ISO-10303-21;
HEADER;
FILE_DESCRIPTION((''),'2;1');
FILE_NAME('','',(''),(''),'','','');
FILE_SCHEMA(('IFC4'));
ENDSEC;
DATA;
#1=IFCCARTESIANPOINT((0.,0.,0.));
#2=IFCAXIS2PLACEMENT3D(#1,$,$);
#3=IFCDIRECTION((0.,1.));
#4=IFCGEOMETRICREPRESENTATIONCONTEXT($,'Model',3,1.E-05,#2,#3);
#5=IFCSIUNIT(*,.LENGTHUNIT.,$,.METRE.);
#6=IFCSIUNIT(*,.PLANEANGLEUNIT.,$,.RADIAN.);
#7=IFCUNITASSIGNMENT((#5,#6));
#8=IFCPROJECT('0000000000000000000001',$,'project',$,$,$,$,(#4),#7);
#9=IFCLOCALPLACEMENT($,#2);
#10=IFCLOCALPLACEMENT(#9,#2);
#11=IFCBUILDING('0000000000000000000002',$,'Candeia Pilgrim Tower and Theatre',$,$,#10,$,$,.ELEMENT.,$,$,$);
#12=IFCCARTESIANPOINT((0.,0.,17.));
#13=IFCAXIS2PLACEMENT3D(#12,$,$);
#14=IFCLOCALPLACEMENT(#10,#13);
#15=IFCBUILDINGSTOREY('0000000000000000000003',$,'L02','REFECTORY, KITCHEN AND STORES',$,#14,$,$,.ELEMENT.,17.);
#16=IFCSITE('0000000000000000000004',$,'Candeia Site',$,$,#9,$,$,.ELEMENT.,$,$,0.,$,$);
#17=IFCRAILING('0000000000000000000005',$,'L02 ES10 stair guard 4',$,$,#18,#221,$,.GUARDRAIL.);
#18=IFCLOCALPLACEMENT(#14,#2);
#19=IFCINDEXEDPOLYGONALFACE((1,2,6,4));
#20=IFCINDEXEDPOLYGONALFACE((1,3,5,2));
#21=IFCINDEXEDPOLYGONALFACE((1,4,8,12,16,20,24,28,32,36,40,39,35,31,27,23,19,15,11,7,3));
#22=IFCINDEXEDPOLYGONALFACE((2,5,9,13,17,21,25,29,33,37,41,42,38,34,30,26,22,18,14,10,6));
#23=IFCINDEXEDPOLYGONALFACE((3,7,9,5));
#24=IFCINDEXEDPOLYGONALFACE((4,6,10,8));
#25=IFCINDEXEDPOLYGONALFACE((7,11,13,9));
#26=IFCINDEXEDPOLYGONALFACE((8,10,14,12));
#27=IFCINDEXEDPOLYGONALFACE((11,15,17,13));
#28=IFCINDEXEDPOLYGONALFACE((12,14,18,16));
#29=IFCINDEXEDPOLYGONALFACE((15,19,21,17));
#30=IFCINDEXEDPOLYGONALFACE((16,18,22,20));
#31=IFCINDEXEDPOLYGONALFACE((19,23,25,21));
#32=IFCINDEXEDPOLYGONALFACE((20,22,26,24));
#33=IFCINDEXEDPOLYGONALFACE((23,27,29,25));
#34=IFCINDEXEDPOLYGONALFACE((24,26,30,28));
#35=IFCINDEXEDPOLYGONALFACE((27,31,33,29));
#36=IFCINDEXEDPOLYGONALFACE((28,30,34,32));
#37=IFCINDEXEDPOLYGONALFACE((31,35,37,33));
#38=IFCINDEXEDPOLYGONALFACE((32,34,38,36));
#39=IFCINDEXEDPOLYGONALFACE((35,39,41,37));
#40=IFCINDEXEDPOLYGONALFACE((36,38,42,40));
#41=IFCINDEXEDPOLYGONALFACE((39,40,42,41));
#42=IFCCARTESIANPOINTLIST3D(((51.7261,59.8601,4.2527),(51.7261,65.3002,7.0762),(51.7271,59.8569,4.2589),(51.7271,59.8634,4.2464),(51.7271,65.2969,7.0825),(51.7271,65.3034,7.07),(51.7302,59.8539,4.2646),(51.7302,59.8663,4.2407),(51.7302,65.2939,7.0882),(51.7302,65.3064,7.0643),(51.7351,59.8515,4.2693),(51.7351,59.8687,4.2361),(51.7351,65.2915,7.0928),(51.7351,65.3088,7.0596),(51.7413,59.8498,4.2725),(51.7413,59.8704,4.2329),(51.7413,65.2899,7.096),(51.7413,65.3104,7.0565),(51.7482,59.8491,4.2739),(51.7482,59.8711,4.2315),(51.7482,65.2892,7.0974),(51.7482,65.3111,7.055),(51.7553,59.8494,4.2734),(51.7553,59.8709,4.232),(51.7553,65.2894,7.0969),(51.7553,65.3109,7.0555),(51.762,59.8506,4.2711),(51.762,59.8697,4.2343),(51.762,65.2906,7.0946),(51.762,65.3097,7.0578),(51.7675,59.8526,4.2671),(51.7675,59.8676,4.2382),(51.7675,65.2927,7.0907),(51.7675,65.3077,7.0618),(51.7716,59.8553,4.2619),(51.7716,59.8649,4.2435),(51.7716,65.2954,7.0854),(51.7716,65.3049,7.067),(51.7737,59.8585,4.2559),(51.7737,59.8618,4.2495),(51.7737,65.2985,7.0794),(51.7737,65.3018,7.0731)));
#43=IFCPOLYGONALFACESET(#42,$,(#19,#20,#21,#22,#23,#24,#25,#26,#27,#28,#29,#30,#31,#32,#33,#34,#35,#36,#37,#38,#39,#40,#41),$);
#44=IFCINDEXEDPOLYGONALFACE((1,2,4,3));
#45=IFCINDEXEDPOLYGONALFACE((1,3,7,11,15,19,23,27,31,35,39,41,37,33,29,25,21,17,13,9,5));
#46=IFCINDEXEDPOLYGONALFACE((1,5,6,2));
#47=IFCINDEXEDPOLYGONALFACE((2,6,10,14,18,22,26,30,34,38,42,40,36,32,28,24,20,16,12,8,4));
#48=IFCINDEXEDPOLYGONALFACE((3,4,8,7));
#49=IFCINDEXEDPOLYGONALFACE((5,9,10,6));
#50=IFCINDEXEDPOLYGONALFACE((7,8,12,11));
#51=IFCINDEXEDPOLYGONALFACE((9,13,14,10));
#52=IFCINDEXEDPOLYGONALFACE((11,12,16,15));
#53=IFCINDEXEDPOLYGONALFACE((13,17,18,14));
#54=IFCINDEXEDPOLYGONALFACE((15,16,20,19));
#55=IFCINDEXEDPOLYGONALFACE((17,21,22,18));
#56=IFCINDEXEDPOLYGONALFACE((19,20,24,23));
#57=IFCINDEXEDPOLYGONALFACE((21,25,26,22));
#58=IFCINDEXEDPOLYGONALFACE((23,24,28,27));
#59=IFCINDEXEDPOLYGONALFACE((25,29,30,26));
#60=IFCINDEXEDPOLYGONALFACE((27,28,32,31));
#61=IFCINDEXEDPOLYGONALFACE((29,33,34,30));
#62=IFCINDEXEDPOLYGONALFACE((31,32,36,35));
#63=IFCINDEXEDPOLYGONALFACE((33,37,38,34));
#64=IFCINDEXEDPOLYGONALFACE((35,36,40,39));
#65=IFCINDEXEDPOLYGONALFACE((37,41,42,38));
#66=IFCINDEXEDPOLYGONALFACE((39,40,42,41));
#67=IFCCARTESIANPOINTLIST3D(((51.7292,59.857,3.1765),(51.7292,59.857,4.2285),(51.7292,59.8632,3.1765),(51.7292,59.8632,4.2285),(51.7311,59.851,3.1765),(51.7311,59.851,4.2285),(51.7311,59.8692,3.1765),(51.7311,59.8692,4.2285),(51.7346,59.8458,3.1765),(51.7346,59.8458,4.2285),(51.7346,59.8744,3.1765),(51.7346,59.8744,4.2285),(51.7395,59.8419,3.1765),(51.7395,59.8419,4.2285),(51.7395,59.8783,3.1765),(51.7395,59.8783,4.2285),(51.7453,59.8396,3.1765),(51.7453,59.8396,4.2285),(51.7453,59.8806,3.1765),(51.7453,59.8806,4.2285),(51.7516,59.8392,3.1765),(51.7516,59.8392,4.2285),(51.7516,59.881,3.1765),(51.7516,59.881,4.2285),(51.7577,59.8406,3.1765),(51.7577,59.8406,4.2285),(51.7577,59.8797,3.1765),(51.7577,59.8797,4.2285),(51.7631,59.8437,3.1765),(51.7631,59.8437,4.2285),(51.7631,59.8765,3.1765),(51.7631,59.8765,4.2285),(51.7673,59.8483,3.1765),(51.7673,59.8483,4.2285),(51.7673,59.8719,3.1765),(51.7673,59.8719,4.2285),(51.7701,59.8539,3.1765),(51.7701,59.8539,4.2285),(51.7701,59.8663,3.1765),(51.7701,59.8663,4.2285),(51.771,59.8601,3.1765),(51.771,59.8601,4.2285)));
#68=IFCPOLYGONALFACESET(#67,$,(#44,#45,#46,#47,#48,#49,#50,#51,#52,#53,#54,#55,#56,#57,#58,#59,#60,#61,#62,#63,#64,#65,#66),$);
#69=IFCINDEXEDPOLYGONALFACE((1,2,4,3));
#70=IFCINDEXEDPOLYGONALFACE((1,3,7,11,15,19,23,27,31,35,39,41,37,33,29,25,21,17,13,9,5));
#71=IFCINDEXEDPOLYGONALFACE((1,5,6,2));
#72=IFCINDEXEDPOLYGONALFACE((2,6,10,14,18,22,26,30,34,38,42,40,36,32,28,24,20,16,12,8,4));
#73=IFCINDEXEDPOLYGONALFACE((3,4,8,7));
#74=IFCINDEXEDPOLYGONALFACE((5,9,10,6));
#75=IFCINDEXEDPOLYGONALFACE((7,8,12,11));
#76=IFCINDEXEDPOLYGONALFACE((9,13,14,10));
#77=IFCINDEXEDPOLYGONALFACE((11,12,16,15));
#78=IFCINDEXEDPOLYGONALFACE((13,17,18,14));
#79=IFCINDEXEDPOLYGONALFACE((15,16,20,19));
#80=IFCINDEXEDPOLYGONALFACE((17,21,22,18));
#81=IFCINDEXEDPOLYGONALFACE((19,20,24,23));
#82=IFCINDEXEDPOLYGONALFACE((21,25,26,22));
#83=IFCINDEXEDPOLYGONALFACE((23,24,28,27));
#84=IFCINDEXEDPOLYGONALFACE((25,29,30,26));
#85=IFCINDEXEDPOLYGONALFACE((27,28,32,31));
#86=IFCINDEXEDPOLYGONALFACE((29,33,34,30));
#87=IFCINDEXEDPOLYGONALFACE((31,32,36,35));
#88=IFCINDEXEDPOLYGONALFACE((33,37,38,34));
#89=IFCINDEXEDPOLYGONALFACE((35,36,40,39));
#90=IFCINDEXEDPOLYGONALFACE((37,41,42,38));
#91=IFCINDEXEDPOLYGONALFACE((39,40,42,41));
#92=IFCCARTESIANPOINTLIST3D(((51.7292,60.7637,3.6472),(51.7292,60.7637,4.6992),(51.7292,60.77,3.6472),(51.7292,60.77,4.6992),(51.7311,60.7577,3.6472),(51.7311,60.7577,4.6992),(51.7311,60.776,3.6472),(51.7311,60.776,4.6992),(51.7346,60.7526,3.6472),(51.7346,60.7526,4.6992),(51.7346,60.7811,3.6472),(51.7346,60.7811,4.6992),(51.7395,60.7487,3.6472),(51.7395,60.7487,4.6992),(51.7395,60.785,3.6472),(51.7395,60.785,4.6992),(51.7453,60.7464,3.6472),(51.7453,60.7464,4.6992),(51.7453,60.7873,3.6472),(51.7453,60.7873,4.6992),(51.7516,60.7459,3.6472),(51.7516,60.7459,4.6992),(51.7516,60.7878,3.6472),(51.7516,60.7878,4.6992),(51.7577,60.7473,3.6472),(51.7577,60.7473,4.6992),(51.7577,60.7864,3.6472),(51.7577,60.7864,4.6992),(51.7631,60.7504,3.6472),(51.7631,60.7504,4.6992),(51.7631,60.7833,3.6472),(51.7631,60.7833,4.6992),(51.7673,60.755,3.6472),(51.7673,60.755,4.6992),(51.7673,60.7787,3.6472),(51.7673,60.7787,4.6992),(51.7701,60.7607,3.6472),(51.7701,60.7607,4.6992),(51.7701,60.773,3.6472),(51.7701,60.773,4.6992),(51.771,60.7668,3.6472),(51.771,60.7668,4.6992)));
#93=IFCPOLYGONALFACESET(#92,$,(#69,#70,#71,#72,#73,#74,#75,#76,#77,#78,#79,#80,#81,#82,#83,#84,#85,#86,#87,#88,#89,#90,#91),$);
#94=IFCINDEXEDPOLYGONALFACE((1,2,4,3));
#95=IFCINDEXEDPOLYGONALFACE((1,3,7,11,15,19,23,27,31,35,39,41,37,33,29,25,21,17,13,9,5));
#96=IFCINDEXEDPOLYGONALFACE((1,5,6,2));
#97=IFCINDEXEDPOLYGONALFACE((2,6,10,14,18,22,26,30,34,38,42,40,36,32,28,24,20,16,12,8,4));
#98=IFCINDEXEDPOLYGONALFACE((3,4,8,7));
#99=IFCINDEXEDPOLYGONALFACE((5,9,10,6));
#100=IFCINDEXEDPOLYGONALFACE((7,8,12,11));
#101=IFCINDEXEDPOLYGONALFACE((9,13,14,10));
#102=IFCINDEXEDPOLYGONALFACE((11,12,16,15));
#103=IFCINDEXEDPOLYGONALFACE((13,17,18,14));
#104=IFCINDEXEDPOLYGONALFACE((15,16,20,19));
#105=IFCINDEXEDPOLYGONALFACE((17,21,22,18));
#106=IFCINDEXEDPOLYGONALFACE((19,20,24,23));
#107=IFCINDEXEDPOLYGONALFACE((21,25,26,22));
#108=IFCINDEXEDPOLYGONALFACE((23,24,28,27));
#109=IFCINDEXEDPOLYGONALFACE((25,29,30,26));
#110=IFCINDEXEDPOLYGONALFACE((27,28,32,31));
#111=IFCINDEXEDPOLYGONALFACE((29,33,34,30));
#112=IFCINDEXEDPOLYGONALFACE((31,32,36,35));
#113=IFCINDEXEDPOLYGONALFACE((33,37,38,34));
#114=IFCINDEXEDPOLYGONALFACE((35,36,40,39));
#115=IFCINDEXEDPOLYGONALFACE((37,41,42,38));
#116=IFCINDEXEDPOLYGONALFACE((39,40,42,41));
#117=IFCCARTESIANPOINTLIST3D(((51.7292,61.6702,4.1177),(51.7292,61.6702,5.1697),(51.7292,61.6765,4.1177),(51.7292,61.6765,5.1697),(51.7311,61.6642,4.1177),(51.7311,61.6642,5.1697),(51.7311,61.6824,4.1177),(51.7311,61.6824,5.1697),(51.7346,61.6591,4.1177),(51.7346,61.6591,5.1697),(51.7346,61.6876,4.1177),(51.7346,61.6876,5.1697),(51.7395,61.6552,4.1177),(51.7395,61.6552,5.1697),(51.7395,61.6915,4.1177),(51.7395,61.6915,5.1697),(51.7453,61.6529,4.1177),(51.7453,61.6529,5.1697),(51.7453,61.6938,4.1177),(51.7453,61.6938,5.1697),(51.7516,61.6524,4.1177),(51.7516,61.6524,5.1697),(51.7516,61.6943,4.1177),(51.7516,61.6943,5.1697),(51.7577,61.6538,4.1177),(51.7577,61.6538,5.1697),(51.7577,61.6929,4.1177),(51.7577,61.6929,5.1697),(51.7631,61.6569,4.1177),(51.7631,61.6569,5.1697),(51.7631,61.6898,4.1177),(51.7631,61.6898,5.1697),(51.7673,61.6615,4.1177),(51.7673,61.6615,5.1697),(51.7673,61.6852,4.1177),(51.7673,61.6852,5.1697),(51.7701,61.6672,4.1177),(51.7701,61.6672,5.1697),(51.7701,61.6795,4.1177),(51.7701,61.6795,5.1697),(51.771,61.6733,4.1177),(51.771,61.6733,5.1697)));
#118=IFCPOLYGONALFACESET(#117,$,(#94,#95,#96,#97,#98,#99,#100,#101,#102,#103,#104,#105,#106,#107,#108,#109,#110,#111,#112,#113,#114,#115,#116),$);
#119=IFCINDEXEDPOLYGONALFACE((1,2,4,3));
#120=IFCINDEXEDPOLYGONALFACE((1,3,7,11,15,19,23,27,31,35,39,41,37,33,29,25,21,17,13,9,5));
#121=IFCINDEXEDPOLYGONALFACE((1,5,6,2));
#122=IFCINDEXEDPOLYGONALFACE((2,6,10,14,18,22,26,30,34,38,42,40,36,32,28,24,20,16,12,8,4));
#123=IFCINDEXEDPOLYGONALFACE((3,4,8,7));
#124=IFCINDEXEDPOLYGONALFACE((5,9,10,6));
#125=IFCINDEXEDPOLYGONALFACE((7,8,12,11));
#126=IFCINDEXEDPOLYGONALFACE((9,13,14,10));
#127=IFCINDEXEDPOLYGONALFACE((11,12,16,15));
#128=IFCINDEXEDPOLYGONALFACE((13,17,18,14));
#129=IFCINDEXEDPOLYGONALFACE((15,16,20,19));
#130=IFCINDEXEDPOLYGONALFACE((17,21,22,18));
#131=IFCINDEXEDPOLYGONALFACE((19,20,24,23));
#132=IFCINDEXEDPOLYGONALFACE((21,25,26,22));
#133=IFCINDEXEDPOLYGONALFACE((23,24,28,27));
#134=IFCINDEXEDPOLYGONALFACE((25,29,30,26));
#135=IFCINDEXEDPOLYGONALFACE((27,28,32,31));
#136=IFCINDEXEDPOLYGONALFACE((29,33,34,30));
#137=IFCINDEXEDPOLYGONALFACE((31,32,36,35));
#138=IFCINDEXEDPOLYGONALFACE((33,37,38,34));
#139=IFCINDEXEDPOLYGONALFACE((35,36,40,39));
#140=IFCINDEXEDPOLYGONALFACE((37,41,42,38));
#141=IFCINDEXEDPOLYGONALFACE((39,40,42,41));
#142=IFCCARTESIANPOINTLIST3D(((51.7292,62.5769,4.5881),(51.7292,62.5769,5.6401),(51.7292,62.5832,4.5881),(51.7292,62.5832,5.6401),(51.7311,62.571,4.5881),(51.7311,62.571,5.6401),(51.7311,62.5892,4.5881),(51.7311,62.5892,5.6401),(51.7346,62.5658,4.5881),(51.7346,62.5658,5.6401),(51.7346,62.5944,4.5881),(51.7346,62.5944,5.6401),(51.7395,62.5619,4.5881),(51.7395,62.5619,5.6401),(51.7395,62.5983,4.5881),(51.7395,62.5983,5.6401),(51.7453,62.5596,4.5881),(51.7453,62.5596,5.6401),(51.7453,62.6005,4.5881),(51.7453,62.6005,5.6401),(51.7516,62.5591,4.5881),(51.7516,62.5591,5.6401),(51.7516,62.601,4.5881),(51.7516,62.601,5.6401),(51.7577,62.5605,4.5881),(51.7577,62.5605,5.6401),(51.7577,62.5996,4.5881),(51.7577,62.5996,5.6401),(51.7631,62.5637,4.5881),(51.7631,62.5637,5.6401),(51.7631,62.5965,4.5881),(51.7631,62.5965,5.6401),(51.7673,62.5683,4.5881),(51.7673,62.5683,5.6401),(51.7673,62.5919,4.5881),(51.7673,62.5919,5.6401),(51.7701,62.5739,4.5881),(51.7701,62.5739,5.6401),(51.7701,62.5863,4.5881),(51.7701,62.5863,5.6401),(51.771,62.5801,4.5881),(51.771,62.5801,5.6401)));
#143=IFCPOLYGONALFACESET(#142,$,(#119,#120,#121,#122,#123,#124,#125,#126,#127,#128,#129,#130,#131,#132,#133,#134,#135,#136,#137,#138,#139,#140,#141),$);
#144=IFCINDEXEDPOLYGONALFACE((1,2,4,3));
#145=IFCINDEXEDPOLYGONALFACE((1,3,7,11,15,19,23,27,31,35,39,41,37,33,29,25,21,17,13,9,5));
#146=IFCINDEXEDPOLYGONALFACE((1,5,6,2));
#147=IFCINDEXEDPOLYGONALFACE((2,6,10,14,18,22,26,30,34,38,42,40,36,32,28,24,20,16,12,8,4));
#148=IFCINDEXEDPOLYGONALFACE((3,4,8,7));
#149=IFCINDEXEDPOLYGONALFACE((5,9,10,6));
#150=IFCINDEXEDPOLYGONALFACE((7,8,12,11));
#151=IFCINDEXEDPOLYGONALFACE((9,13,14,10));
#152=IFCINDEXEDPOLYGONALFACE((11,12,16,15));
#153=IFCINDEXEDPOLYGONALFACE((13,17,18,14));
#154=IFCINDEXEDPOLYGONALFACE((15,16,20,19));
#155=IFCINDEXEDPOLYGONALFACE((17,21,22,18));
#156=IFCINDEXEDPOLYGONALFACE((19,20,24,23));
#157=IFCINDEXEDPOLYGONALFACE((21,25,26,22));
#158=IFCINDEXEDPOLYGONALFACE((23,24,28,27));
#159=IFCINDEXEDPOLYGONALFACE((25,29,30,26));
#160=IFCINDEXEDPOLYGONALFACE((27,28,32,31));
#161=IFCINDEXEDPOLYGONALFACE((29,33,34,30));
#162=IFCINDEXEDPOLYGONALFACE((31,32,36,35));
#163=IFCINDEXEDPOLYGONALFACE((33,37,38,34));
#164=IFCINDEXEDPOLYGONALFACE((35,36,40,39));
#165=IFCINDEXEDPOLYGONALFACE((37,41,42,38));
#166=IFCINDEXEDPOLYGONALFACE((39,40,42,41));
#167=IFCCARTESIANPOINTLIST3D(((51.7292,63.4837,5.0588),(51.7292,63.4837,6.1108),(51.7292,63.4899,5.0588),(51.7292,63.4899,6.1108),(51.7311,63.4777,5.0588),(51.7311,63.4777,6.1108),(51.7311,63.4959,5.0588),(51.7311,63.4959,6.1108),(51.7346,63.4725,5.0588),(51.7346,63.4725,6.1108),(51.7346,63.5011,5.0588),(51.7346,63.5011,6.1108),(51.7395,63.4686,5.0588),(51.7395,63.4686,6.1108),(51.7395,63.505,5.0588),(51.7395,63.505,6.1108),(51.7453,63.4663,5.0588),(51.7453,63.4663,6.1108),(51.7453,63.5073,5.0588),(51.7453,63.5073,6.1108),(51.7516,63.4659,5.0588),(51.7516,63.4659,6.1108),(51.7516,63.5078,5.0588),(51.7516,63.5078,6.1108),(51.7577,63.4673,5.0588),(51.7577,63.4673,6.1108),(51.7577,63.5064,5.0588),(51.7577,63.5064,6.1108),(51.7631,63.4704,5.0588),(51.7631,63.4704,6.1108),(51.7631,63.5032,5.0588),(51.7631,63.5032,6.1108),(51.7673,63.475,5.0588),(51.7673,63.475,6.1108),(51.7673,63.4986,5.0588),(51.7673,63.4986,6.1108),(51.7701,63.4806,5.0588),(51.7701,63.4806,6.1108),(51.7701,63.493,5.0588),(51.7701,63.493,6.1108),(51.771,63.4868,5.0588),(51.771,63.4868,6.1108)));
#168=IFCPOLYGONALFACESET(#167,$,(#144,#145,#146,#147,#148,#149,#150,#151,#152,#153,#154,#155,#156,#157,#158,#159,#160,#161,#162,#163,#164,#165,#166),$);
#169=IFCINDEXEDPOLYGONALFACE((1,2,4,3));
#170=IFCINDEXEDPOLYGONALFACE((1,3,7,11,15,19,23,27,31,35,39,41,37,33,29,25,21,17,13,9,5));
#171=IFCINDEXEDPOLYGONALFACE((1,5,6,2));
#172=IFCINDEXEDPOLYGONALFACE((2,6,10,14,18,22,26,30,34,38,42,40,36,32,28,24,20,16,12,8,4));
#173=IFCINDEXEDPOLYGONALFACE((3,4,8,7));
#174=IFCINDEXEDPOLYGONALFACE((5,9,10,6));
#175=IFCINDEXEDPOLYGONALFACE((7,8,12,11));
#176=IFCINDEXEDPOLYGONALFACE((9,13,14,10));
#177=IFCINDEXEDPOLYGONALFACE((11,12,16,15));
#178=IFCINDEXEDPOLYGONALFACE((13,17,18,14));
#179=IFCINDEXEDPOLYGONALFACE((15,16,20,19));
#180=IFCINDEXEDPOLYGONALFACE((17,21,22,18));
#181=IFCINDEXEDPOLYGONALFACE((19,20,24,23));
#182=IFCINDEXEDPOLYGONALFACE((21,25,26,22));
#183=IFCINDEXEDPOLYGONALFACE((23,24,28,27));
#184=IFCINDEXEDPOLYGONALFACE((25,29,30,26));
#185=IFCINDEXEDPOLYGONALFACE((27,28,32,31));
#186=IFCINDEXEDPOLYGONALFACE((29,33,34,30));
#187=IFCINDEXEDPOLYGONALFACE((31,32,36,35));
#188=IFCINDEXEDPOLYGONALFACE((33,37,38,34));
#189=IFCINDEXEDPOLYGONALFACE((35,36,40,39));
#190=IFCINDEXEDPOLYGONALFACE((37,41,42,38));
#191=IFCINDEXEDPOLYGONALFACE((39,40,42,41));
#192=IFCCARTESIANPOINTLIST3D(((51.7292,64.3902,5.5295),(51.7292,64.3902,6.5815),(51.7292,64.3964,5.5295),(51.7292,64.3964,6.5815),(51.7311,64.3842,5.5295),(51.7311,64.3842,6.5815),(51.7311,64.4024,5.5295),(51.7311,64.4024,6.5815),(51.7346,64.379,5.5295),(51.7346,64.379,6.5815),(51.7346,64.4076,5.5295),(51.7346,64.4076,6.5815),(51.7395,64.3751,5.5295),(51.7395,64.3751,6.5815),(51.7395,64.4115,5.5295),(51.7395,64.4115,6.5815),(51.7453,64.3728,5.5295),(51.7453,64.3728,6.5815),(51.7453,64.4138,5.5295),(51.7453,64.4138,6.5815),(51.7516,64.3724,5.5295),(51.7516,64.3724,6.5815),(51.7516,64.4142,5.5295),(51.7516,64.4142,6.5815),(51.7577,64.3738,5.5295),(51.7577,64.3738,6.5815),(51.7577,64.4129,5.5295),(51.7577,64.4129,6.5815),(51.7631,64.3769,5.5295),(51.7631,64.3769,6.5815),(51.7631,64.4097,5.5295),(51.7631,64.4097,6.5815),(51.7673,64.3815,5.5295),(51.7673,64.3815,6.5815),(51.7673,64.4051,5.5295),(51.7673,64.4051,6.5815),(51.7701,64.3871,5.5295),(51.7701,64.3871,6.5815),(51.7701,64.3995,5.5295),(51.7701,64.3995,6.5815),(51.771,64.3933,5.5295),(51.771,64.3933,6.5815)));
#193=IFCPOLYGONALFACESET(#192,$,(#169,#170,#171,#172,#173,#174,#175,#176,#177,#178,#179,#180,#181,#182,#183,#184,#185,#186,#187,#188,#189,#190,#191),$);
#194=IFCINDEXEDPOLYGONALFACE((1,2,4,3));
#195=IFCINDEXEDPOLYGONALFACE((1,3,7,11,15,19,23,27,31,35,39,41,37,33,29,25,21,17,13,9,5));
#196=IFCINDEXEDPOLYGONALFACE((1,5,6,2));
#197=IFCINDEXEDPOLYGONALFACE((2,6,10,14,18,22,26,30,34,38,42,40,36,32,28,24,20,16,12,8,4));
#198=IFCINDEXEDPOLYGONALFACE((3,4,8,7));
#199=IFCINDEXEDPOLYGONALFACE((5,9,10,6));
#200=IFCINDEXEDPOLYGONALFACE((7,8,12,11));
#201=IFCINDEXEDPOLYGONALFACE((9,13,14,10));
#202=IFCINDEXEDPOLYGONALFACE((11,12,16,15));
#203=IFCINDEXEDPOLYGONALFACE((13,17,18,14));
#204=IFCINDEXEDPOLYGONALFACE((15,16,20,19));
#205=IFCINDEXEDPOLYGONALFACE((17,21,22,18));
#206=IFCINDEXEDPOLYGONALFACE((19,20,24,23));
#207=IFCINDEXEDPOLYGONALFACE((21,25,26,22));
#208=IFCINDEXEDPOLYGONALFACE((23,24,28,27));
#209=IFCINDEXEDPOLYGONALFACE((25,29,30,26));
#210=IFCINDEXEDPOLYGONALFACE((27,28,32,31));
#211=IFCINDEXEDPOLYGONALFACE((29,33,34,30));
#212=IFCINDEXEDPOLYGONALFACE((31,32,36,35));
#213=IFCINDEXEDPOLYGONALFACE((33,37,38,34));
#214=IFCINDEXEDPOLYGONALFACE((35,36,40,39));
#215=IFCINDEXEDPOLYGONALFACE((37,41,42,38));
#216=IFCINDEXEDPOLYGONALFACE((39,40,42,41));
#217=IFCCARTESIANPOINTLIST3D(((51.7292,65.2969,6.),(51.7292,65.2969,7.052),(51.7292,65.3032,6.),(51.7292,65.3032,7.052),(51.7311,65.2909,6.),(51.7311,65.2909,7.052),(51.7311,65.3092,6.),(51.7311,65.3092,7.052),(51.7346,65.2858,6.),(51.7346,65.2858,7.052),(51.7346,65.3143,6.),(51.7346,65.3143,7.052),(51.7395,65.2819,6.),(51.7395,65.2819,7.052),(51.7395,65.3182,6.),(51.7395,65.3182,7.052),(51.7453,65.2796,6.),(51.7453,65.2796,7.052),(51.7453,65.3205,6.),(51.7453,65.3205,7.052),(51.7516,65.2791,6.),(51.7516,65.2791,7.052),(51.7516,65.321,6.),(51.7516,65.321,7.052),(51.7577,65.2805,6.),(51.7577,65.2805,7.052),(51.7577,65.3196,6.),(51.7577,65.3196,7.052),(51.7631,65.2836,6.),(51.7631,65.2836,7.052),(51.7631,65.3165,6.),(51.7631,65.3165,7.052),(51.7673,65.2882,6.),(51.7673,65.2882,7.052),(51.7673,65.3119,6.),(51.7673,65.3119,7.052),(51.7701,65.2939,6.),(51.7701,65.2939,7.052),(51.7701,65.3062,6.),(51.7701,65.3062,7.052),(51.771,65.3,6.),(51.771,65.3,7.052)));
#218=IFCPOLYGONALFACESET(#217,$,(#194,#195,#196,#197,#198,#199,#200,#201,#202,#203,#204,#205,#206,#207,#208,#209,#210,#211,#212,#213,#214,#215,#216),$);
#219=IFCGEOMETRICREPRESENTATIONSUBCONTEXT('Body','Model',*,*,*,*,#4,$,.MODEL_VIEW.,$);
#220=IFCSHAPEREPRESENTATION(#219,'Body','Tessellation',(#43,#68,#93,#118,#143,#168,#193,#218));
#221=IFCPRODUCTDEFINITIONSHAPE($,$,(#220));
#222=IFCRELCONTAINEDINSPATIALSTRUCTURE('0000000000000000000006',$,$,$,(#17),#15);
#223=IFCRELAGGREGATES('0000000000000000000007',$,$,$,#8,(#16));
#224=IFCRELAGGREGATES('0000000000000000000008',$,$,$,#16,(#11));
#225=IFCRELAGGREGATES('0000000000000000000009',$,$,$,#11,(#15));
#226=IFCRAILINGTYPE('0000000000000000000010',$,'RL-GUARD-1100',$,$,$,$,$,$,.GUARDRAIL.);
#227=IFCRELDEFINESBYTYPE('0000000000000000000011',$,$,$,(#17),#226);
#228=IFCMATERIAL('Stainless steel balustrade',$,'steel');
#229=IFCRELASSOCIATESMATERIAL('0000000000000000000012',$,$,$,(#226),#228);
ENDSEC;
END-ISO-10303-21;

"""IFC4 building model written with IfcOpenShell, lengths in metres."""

from ifc_helpers import new_model, si_unit, direction, frame, origin, origin_2d, place, context, subcontext, project, spatial, circle, extrude, material, type_object, element, save


model = new_model("IFC4")

# Units and contexts
model_context = context("Model", 3, precision=1e-05, world=origin(), true_north=direction((0.0, 1.0)))
body_context = subcontext(model_context, "Body", "Model", "MODEL_VIEW")
ifc_project = project(units=[si_unit("LENGTHUNIT", "METRE"), si_unit("PLANEANGLEUNIT", "RADIAN")], contexts=[model_context])

# Site, building, storey
site_placement = place(None, origin())
site = spatial("IfcSite", under=ifc_project, at=site_placement, Name="Candeia Site", CompositionType="ELEMENT", RefElevation=0.0)
building_placement = place(site_placement, origin())
building = spatial("IfcBuilding", under=site, at=building_placement, Name="Candeia Pilgrim Tower and Theatre", CompositionType="ELEMENT")
storey_placement = place(building_placement, frame((0.0, 0.0, 17.0)))
storey = spatial("IfcBuildingStorey", under=building, at=storey_placement, Name="L02", Description="REFECTORY, KITCHEN AND STORES", CompositionType="ELEMENT", Elevation=17.0)

# Railing
ifc_material_1 = material(Name="Stainless steel balustrade", Category="steel")
railing_type_1 = type_object("IfcRailingType", Name="RL-GUARD-1100", PredefinedType="GUARDRAIL", material=ifc_material_1)
railing_1_placement = place(storey_placement, frame((51.75, 59.8601, 3.1765)))
element("IfcRailing", 1, at=railing_1_placement, inside=storey, type_object=railing_type_1, Name="L02 ES10 stair guard 4", PredefinedType="GUARDRAIL", context=body_context, shape_type="SweptSolid", body=[
    extrude(circle(Radius=0.0239, at=origin_2d()), frame((0.0, 0.0, 1.0762), z_axis=(0.0, 0.887569, 0.460674), x_axis=(-1.0, 0.0, 0.0)), (0.0, 0.0, 1.0), 6.1292),
    extrude(circle(Radius=0.021, at=origin_2d()), origin(), (0.0, 0.0, 1.0), 1.052),
    extrude(circle(Radius=0.021, at=origin_2d()), frame((0.0, 0.9067, 0.4707)), (0.0, 0.0, 1.0), 1.052),
    extrude(circle(Radius=0.021, at=origin_2d()), frame((0.0, 1.8132, 0.9412)), (0.0, 0.0, 1.0), 1.052),
    extrude(circle(Radius=0.021, at=origin_2d()), frame((0.0, 2.72, 1.4116)), (0.0, 0.0, 1.0), 1.052),
    extrude(circle(Radius=0.021, at=origin_2d()), frame((0.0, 3.6267, 1.8823)), (0.0, 0.0, 1.0), 1.052),
    extrude(circle(Radius=0.021, at=origin_2d()), frame((0.0, 4.5332, 2.353)), (0.0, 0.0, 1.0), 1.052),
    extrude(circle(Radius=0.021, at=origin_2d()), frame((0.0, 5.4399, 2.8235)), (0.0, 0.0, 1.0), 1.052),
])

save(model, "model.ifc")
